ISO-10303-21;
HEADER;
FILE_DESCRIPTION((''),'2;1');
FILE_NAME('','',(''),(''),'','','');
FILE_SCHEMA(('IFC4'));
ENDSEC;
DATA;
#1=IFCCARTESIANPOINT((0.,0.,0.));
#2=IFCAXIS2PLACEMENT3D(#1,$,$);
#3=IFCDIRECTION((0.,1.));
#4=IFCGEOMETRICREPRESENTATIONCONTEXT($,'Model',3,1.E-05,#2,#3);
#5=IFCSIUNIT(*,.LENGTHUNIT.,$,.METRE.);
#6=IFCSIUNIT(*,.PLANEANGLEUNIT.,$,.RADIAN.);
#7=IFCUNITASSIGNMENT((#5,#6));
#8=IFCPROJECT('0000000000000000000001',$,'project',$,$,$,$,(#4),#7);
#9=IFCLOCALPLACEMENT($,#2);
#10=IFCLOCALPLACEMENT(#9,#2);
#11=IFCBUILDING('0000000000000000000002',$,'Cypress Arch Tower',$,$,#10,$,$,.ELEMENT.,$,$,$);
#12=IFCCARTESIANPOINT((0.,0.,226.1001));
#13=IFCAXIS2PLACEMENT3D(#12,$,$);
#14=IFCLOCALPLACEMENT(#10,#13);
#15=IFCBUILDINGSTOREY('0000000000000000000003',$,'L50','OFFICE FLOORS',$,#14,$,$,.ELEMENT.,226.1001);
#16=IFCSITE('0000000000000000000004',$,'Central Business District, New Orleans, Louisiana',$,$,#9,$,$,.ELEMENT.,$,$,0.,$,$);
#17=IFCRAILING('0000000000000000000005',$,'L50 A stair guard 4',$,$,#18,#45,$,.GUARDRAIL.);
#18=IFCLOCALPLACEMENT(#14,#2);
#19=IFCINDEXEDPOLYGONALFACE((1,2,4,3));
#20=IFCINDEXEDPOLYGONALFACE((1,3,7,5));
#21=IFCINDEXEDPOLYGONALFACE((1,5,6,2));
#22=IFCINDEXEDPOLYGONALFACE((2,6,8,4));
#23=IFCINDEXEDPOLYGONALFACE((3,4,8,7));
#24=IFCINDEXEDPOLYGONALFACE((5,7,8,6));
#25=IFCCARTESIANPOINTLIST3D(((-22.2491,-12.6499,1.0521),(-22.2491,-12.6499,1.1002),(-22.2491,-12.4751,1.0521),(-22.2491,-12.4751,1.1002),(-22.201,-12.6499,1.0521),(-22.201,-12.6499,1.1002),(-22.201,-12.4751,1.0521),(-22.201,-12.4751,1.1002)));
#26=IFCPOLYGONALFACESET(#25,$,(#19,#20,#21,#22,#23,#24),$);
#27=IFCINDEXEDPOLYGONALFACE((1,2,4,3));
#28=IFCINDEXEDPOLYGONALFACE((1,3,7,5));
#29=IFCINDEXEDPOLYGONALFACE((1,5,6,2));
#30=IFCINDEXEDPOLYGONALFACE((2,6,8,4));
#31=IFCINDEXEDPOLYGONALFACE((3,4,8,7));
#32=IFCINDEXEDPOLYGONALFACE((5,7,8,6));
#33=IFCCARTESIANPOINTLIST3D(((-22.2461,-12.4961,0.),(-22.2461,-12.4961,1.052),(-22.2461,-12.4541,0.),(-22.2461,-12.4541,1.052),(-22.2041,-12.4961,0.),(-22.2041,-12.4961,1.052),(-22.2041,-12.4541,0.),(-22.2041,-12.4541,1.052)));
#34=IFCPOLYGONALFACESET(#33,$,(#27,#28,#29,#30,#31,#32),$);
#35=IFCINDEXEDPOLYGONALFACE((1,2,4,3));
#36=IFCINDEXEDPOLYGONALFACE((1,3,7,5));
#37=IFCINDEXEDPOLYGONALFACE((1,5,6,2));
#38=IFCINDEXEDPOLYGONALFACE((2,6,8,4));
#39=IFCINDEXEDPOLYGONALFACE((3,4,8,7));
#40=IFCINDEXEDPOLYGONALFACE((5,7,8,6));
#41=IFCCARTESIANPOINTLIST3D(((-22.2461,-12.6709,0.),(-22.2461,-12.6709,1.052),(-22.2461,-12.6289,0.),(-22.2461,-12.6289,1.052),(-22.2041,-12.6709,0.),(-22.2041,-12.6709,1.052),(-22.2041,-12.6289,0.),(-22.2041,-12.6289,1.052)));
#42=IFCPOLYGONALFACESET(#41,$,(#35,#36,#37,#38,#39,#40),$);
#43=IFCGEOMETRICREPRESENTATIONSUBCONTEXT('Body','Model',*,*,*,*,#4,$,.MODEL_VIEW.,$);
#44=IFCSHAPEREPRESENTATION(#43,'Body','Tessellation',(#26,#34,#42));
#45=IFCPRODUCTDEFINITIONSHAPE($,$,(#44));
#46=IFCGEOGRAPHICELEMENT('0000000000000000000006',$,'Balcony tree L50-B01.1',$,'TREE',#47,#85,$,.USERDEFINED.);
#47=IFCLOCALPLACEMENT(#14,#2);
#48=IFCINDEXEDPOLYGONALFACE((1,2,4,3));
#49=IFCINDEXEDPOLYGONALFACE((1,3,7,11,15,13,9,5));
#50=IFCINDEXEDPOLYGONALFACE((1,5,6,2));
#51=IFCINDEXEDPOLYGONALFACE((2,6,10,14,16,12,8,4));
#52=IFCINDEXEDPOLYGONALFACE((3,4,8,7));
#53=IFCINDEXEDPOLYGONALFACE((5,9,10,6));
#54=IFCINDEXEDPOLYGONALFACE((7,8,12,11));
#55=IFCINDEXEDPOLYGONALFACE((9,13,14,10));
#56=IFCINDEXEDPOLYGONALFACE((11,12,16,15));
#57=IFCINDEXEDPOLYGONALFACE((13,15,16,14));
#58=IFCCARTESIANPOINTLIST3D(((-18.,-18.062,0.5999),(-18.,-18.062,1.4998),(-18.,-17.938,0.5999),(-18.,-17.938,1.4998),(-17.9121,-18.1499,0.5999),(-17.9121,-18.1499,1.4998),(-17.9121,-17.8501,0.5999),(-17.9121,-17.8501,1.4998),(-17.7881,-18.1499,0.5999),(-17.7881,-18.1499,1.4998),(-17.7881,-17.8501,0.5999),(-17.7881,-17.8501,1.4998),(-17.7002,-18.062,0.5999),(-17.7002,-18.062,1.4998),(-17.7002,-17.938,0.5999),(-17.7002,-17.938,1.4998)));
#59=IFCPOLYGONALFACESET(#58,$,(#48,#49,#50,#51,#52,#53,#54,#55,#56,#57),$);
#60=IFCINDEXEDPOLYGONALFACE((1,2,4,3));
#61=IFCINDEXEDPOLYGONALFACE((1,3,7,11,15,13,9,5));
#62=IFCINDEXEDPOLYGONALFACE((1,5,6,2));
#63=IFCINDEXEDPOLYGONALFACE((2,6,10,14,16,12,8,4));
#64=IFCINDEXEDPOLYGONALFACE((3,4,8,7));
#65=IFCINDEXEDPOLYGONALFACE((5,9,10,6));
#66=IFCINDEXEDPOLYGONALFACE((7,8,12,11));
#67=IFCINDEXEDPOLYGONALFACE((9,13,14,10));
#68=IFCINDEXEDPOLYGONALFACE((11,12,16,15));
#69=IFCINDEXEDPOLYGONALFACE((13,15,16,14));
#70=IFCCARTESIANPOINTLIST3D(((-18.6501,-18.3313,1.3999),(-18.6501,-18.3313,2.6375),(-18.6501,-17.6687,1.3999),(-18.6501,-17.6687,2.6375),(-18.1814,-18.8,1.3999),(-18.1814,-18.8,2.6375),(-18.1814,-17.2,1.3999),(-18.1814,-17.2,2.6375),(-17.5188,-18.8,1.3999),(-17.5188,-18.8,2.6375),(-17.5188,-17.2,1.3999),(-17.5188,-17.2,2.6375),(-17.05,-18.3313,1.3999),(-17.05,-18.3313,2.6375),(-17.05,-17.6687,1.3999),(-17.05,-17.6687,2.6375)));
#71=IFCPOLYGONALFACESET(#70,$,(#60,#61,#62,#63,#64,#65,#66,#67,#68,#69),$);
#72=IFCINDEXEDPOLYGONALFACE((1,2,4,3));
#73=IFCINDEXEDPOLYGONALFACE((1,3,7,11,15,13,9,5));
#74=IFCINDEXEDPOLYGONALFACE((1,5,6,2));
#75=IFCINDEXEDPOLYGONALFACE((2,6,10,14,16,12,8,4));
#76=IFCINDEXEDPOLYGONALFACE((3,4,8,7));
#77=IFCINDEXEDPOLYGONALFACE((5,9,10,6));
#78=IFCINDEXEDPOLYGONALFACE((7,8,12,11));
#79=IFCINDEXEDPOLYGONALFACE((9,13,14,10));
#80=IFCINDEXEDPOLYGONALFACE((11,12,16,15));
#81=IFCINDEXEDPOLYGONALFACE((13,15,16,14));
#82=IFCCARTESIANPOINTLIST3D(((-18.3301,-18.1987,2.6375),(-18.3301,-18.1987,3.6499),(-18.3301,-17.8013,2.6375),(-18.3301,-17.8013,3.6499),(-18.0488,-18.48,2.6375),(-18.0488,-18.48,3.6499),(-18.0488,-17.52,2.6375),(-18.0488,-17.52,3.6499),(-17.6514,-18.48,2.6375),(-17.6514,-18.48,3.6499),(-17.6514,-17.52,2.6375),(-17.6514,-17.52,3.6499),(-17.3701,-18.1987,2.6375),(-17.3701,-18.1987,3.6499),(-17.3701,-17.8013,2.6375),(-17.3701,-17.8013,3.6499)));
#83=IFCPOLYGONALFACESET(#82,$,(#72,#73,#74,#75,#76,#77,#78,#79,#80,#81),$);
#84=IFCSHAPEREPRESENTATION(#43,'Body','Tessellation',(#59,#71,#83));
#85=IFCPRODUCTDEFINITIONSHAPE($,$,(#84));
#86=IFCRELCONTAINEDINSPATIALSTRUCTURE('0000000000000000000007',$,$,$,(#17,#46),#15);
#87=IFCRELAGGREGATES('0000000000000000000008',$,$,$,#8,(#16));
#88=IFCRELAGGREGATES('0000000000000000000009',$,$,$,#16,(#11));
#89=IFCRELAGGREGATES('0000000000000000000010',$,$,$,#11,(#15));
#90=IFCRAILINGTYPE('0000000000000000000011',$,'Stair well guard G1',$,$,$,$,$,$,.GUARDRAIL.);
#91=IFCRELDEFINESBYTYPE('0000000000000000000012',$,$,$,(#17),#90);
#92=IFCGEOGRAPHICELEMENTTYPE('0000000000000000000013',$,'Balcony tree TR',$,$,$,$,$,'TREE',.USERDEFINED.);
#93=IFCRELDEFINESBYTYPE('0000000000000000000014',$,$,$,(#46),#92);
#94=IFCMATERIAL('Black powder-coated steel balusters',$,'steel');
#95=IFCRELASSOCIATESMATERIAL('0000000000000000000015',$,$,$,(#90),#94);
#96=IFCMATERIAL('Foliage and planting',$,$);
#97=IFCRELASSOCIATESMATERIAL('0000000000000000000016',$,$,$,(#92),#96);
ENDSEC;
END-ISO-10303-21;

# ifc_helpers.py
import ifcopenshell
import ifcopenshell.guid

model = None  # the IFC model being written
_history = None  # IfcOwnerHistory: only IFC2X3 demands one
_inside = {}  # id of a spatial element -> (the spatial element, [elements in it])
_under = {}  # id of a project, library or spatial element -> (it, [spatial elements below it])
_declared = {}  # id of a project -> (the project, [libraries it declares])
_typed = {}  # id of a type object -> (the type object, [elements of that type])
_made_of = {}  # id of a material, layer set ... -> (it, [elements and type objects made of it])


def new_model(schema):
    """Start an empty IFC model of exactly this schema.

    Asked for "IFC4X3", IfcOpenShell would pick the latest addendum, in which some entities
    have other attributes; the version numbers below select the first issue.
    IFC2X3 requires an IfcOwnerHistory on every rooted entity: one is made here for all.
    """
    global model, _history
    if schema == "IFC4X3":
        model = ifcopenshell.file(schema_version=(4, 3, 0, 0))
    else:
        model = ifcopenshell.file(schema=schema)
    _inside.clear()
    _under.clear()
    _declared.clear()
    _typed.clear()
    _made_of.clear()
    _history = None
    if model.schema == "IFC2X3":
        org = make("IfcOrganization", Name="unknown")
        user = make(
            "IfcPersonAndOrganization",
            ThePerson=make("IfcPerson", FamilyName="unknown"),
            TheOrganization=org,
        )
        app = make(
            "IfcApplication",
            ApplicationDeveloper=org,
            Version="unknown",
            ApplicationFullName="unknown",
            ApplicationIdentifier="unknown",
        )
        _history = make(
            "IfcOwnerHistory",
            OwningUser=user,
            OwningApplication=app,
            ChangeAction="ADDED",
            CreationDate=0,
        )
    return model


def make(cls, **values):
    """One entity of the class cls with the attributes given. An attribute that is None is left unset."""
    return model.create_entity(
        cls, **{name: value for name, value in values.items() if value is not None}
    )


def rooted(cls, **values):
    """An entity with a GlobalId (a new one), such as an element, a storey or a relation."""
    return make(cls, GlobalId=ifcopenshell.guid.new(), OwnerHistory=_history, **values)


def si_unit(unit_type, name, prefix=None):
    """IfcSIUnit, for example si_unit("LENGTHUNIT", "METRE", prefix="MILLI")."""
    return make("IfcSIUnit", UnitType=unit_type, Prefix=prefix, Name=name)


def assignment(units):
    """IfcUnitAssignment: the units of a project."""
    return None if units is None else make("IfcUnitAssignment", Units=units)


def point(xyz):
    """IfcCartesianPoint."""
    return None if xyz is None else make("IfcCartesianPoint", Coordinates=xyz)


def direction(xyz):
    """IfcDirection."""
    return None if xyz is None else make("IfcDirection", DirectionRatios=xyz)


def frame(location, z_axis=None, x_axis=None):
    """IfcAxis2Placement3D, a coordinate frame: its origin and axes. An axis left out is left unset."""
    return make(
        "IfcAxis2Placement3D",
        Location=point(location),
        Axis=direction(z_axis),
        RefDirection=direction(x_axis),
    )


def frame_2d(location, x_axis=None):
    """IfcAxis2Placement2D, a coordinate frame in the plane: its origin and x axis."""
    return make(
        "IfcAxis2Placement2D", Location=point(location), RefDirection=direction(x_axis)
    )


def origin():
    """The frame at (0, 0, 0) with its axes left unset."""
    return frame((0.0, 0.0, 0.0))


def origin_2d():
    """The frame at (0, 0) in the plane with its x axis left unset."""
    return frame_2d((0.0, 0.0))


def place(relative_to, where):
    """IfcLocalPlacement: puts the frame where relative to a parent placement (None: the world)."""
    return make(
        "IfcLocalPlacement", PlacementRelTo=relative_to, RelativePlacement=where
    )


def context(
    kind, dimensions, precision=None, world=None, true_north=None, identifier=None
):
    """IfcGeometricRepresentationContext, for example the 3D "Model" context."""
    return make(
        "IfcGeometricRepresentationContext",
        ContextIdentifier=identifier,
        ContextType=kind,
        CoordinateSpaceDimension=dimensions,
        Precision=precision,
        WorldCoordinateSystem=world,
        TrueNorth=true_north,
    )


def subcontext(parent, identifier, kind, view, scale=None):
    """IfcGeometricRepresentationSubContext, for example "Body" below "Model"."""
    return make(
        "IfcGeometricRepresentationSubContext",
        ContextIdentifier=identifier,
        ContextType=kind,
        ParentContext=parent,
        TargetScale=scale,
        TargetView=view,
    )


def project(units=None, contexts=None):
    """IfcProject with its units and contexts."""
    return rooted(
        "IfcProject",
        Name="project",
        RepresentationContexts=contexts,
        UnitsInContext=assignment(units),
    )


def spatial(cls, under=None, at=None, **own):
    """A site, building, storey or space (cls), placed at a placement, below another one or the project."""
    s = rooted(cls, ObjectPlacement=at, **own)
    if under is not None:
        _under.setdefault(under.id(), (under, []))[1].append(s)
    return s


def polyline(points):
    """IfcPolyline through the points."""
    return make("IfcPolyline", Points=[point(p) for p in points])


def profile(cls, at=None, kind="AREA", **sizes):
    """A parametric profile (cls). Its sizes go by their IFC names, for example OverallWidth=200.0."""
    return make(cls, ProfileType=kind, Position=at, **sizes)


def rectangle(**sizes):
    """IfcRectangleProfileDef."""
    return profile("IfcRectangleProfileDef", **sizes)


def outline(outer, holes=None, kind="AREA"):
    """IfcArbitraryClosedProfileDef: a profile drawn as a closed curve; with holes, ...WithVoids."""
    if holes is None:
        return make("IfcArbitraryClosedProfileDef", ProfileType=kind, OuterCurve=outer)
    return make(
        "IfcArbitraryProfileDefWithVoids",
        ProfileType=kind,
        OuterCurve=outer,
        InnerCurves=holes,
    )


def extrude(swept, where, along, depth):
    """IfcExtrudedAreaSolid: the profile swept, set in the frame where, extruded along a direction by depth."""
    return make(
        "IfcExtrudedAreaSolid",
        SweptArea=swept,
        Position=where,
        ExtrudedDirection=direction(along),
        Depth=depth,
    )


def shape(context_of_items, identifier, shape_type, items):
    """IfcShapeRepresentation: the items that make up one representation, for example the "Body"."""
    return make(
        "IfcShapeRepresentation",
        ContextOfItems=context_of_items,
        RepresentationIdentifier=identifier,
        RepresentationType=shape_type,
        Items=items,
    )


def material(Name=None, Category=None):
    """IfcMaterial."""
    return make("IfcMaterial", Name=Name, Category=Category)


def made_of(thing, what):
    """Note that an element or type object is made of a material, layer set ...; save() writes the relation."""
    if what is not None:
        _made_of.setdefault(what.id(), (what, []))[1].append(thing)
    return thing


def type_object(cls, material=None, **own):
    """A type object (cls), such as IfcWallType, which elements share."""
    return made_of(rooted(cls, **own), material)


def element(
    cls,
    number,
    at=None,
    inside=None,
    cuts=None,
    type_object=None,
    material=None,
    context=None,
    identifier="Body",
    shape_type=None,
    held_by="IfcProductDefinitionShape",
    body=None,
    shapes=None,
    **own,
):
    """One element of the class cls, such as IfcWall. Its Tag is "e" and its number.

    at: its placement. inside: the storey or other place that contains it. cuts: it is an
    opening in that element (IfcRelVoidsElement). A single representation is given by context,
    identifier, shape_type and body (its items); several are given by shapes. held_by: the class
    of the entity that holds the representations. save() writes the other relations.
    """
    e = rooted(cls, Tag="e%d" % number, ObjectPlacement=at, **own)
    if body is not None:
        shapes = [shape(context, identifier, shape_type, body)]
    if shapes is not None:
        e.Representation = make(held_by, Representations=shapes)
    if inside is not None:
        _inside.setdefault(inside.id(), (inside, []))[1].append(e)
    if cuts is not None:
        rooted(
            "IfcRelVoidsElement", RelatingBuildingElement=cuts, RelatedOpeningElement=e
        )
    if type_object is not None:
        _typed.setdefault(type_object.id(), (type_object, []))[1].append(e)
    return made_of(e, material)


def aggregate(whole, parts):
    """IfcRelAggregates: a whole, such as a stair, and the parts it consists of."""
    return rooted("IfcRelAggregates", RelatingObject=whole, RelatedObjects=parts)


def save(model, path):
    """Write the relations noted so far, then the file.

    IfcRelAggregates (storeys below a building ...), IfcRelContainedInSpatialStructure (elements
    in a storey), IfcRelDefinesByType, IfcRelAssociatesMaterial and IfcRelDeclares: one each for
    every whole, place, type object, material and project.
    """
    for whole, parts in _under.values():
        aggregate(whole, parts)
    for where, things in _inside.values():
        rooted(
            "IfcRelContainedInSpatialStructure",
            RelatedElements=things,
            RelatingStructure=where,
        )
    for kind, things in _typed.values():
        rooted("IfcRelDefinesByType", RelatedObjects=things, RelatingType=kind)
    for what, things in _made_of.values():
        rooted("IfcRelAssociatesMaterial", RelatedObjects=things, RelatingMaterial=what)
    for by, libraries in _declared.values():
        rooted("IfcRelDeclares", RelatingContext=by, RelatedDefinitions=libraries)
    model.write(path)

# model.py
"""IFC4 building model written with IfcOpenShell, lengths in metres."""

from ifc_helpers import new_model, si_unit, direction, frame, origin, origin_2d, place, context, subcontext, project, spatial, polyline, rectangle, outline, extrude, material, type_object, element, save


model = new_model("IFC4")

# Units and contexts
model_context = context("Model", 3, precision=1e-05, world=origin(), true_north=direction((0.0, 1.0)))
body_context = subcontext(model_context, "Body", "Model", "MODEL_VIEW")
ifc_project = project(units=[si_unit("LENGTHUNIT", "METRE"), si_unit("PLANEANGLEUNIT", "RADIAN")], contexts=[model_context])

# Site, building, storey
site_placement = place(None, origin())
site = spatial("IfcSite", under=ifc_project, at=site_placement, Name="Central Business District, New Orleans, Louisiana", CompositionType="ELEMENT", RefElevation=0.0)
building_placement = place(site_placement, origin())
building = spatial("IfcBuilding", under=site, at=building_placement, Name="Cypress Arch Tower", CompositionType="ELEMENT")
storey_placement = place(building_placement, frame((0.0, 0.0, 226.1001)))
storey = spatial("IfcBuildingStorey", under=building, at=storey_placement, Name="L50", Description="OFFICE FLOORS", CompositionType="ELEMENT", Elevation=226.1001)

# Railing
ifc_material_1 = material(Name="Black powder-coated steel balusters", Category="steel")
railing_type_1 = type_object("IfcRailingType", Name="Stair well guard G1", PredefinedType="GUARDRAIL", material=ifc_material_1)
railing_1_placement = place(storey_placement, frame((-22.2251, -12.4751, 0.0)))
element("IfcRailing", 1, at=railing_1_placement, inside=storey, type_object=railing_type_1, Name="L50 A stair guard 4", PredefinedType="GUARDRAIL", context=body_context, shape_type="SweptSolid", body=[
    extrude(rectangle(XDim=0.0481, YDim=0.0481, at=origin_2d()), frame((0.0, 0.0, 1.0762), z_axis=(0.0, -1.0, 0.0), x_axis=(1.0, 0.0, 0.0)), (0.0, 0.0, 1.0), 0.1748),
    extrude(rectangle(XDim=0.042, YDim=0.042, at=origin_2d()), origin(), (0.0, 0.0, 1.0), 1.052),
    extrude(rectangle(XDim=0.042, YDim=0.042, at=origin_2d()), frame((0.0, -0.1748, 0.0)), (0.0, 0.0, 1.0), 1.052),
])

# Geographic element
ifc_material_2 = material(Name="Foliage and planting")
geographic_element_type = type_object("IfcGeographicElementType", Name="Balcony tree TR", ElementType="TREE", PredefinedType="USERDEFINED", material=ifc_material_2)
geographic_element_placement = place(storey_placement, frame((-17.8501, -18.0, 0.5999), z_axis=(0.0, 0.0, 1.0), x_axis=(1.0, 0.0, 0.0)))
element("IfcGeographicElement", 2, at=geographic_element_placement, inside=storey, type_object=geographic_element_type, Name="Balcony tree L50-B01.1", ObjectType="TREE", PredefinedType="USERDEFINED", context=body_context, shape_type="SweptSolid", body=[
    extrude(outline(polyline([(0.1499, 0.062), (0.062, 0.1499), (-0.062, 0.1499), (-0.1499, 0.062), (-0.1499, -0.062), (-0.062, -0.1499), (0.062, -0.1499), (0.1499, -0.062), (0.1499, 0.062)])), origin(), (0.0, 0.0, 1.0), 0.8999),
    extrude(outline(polyline([(0.8, 0.3313), (0.3313, 0.8), (-0.3313, 0.8), (-0.8, 0.3313), (-0.8, -0.3313), (-0.3313, -0.8), (0.3313, -0.8), (0.8, -0.3313), (0.8, 0.3313)])), frame((0.0, 0.0, 0.8)), (0.0, 0.0, 1.0), 1.2375),
    extrude(outline(polyline([(0.48, 0.1987), (0.1987, 0.48), (-0.1987, 0.48), (-0.48, 0.1987), (-0.48, -0.1987), (-0.1987, -0.48), (0.1987, -0.48), (0.48, -0.1987), (0.48, 0.1987)])), frame((0.0, 0.0, 2.0376)), (0.0, 0.0, 1.0), 1.0125),
])

save(model, "model.ifc")
